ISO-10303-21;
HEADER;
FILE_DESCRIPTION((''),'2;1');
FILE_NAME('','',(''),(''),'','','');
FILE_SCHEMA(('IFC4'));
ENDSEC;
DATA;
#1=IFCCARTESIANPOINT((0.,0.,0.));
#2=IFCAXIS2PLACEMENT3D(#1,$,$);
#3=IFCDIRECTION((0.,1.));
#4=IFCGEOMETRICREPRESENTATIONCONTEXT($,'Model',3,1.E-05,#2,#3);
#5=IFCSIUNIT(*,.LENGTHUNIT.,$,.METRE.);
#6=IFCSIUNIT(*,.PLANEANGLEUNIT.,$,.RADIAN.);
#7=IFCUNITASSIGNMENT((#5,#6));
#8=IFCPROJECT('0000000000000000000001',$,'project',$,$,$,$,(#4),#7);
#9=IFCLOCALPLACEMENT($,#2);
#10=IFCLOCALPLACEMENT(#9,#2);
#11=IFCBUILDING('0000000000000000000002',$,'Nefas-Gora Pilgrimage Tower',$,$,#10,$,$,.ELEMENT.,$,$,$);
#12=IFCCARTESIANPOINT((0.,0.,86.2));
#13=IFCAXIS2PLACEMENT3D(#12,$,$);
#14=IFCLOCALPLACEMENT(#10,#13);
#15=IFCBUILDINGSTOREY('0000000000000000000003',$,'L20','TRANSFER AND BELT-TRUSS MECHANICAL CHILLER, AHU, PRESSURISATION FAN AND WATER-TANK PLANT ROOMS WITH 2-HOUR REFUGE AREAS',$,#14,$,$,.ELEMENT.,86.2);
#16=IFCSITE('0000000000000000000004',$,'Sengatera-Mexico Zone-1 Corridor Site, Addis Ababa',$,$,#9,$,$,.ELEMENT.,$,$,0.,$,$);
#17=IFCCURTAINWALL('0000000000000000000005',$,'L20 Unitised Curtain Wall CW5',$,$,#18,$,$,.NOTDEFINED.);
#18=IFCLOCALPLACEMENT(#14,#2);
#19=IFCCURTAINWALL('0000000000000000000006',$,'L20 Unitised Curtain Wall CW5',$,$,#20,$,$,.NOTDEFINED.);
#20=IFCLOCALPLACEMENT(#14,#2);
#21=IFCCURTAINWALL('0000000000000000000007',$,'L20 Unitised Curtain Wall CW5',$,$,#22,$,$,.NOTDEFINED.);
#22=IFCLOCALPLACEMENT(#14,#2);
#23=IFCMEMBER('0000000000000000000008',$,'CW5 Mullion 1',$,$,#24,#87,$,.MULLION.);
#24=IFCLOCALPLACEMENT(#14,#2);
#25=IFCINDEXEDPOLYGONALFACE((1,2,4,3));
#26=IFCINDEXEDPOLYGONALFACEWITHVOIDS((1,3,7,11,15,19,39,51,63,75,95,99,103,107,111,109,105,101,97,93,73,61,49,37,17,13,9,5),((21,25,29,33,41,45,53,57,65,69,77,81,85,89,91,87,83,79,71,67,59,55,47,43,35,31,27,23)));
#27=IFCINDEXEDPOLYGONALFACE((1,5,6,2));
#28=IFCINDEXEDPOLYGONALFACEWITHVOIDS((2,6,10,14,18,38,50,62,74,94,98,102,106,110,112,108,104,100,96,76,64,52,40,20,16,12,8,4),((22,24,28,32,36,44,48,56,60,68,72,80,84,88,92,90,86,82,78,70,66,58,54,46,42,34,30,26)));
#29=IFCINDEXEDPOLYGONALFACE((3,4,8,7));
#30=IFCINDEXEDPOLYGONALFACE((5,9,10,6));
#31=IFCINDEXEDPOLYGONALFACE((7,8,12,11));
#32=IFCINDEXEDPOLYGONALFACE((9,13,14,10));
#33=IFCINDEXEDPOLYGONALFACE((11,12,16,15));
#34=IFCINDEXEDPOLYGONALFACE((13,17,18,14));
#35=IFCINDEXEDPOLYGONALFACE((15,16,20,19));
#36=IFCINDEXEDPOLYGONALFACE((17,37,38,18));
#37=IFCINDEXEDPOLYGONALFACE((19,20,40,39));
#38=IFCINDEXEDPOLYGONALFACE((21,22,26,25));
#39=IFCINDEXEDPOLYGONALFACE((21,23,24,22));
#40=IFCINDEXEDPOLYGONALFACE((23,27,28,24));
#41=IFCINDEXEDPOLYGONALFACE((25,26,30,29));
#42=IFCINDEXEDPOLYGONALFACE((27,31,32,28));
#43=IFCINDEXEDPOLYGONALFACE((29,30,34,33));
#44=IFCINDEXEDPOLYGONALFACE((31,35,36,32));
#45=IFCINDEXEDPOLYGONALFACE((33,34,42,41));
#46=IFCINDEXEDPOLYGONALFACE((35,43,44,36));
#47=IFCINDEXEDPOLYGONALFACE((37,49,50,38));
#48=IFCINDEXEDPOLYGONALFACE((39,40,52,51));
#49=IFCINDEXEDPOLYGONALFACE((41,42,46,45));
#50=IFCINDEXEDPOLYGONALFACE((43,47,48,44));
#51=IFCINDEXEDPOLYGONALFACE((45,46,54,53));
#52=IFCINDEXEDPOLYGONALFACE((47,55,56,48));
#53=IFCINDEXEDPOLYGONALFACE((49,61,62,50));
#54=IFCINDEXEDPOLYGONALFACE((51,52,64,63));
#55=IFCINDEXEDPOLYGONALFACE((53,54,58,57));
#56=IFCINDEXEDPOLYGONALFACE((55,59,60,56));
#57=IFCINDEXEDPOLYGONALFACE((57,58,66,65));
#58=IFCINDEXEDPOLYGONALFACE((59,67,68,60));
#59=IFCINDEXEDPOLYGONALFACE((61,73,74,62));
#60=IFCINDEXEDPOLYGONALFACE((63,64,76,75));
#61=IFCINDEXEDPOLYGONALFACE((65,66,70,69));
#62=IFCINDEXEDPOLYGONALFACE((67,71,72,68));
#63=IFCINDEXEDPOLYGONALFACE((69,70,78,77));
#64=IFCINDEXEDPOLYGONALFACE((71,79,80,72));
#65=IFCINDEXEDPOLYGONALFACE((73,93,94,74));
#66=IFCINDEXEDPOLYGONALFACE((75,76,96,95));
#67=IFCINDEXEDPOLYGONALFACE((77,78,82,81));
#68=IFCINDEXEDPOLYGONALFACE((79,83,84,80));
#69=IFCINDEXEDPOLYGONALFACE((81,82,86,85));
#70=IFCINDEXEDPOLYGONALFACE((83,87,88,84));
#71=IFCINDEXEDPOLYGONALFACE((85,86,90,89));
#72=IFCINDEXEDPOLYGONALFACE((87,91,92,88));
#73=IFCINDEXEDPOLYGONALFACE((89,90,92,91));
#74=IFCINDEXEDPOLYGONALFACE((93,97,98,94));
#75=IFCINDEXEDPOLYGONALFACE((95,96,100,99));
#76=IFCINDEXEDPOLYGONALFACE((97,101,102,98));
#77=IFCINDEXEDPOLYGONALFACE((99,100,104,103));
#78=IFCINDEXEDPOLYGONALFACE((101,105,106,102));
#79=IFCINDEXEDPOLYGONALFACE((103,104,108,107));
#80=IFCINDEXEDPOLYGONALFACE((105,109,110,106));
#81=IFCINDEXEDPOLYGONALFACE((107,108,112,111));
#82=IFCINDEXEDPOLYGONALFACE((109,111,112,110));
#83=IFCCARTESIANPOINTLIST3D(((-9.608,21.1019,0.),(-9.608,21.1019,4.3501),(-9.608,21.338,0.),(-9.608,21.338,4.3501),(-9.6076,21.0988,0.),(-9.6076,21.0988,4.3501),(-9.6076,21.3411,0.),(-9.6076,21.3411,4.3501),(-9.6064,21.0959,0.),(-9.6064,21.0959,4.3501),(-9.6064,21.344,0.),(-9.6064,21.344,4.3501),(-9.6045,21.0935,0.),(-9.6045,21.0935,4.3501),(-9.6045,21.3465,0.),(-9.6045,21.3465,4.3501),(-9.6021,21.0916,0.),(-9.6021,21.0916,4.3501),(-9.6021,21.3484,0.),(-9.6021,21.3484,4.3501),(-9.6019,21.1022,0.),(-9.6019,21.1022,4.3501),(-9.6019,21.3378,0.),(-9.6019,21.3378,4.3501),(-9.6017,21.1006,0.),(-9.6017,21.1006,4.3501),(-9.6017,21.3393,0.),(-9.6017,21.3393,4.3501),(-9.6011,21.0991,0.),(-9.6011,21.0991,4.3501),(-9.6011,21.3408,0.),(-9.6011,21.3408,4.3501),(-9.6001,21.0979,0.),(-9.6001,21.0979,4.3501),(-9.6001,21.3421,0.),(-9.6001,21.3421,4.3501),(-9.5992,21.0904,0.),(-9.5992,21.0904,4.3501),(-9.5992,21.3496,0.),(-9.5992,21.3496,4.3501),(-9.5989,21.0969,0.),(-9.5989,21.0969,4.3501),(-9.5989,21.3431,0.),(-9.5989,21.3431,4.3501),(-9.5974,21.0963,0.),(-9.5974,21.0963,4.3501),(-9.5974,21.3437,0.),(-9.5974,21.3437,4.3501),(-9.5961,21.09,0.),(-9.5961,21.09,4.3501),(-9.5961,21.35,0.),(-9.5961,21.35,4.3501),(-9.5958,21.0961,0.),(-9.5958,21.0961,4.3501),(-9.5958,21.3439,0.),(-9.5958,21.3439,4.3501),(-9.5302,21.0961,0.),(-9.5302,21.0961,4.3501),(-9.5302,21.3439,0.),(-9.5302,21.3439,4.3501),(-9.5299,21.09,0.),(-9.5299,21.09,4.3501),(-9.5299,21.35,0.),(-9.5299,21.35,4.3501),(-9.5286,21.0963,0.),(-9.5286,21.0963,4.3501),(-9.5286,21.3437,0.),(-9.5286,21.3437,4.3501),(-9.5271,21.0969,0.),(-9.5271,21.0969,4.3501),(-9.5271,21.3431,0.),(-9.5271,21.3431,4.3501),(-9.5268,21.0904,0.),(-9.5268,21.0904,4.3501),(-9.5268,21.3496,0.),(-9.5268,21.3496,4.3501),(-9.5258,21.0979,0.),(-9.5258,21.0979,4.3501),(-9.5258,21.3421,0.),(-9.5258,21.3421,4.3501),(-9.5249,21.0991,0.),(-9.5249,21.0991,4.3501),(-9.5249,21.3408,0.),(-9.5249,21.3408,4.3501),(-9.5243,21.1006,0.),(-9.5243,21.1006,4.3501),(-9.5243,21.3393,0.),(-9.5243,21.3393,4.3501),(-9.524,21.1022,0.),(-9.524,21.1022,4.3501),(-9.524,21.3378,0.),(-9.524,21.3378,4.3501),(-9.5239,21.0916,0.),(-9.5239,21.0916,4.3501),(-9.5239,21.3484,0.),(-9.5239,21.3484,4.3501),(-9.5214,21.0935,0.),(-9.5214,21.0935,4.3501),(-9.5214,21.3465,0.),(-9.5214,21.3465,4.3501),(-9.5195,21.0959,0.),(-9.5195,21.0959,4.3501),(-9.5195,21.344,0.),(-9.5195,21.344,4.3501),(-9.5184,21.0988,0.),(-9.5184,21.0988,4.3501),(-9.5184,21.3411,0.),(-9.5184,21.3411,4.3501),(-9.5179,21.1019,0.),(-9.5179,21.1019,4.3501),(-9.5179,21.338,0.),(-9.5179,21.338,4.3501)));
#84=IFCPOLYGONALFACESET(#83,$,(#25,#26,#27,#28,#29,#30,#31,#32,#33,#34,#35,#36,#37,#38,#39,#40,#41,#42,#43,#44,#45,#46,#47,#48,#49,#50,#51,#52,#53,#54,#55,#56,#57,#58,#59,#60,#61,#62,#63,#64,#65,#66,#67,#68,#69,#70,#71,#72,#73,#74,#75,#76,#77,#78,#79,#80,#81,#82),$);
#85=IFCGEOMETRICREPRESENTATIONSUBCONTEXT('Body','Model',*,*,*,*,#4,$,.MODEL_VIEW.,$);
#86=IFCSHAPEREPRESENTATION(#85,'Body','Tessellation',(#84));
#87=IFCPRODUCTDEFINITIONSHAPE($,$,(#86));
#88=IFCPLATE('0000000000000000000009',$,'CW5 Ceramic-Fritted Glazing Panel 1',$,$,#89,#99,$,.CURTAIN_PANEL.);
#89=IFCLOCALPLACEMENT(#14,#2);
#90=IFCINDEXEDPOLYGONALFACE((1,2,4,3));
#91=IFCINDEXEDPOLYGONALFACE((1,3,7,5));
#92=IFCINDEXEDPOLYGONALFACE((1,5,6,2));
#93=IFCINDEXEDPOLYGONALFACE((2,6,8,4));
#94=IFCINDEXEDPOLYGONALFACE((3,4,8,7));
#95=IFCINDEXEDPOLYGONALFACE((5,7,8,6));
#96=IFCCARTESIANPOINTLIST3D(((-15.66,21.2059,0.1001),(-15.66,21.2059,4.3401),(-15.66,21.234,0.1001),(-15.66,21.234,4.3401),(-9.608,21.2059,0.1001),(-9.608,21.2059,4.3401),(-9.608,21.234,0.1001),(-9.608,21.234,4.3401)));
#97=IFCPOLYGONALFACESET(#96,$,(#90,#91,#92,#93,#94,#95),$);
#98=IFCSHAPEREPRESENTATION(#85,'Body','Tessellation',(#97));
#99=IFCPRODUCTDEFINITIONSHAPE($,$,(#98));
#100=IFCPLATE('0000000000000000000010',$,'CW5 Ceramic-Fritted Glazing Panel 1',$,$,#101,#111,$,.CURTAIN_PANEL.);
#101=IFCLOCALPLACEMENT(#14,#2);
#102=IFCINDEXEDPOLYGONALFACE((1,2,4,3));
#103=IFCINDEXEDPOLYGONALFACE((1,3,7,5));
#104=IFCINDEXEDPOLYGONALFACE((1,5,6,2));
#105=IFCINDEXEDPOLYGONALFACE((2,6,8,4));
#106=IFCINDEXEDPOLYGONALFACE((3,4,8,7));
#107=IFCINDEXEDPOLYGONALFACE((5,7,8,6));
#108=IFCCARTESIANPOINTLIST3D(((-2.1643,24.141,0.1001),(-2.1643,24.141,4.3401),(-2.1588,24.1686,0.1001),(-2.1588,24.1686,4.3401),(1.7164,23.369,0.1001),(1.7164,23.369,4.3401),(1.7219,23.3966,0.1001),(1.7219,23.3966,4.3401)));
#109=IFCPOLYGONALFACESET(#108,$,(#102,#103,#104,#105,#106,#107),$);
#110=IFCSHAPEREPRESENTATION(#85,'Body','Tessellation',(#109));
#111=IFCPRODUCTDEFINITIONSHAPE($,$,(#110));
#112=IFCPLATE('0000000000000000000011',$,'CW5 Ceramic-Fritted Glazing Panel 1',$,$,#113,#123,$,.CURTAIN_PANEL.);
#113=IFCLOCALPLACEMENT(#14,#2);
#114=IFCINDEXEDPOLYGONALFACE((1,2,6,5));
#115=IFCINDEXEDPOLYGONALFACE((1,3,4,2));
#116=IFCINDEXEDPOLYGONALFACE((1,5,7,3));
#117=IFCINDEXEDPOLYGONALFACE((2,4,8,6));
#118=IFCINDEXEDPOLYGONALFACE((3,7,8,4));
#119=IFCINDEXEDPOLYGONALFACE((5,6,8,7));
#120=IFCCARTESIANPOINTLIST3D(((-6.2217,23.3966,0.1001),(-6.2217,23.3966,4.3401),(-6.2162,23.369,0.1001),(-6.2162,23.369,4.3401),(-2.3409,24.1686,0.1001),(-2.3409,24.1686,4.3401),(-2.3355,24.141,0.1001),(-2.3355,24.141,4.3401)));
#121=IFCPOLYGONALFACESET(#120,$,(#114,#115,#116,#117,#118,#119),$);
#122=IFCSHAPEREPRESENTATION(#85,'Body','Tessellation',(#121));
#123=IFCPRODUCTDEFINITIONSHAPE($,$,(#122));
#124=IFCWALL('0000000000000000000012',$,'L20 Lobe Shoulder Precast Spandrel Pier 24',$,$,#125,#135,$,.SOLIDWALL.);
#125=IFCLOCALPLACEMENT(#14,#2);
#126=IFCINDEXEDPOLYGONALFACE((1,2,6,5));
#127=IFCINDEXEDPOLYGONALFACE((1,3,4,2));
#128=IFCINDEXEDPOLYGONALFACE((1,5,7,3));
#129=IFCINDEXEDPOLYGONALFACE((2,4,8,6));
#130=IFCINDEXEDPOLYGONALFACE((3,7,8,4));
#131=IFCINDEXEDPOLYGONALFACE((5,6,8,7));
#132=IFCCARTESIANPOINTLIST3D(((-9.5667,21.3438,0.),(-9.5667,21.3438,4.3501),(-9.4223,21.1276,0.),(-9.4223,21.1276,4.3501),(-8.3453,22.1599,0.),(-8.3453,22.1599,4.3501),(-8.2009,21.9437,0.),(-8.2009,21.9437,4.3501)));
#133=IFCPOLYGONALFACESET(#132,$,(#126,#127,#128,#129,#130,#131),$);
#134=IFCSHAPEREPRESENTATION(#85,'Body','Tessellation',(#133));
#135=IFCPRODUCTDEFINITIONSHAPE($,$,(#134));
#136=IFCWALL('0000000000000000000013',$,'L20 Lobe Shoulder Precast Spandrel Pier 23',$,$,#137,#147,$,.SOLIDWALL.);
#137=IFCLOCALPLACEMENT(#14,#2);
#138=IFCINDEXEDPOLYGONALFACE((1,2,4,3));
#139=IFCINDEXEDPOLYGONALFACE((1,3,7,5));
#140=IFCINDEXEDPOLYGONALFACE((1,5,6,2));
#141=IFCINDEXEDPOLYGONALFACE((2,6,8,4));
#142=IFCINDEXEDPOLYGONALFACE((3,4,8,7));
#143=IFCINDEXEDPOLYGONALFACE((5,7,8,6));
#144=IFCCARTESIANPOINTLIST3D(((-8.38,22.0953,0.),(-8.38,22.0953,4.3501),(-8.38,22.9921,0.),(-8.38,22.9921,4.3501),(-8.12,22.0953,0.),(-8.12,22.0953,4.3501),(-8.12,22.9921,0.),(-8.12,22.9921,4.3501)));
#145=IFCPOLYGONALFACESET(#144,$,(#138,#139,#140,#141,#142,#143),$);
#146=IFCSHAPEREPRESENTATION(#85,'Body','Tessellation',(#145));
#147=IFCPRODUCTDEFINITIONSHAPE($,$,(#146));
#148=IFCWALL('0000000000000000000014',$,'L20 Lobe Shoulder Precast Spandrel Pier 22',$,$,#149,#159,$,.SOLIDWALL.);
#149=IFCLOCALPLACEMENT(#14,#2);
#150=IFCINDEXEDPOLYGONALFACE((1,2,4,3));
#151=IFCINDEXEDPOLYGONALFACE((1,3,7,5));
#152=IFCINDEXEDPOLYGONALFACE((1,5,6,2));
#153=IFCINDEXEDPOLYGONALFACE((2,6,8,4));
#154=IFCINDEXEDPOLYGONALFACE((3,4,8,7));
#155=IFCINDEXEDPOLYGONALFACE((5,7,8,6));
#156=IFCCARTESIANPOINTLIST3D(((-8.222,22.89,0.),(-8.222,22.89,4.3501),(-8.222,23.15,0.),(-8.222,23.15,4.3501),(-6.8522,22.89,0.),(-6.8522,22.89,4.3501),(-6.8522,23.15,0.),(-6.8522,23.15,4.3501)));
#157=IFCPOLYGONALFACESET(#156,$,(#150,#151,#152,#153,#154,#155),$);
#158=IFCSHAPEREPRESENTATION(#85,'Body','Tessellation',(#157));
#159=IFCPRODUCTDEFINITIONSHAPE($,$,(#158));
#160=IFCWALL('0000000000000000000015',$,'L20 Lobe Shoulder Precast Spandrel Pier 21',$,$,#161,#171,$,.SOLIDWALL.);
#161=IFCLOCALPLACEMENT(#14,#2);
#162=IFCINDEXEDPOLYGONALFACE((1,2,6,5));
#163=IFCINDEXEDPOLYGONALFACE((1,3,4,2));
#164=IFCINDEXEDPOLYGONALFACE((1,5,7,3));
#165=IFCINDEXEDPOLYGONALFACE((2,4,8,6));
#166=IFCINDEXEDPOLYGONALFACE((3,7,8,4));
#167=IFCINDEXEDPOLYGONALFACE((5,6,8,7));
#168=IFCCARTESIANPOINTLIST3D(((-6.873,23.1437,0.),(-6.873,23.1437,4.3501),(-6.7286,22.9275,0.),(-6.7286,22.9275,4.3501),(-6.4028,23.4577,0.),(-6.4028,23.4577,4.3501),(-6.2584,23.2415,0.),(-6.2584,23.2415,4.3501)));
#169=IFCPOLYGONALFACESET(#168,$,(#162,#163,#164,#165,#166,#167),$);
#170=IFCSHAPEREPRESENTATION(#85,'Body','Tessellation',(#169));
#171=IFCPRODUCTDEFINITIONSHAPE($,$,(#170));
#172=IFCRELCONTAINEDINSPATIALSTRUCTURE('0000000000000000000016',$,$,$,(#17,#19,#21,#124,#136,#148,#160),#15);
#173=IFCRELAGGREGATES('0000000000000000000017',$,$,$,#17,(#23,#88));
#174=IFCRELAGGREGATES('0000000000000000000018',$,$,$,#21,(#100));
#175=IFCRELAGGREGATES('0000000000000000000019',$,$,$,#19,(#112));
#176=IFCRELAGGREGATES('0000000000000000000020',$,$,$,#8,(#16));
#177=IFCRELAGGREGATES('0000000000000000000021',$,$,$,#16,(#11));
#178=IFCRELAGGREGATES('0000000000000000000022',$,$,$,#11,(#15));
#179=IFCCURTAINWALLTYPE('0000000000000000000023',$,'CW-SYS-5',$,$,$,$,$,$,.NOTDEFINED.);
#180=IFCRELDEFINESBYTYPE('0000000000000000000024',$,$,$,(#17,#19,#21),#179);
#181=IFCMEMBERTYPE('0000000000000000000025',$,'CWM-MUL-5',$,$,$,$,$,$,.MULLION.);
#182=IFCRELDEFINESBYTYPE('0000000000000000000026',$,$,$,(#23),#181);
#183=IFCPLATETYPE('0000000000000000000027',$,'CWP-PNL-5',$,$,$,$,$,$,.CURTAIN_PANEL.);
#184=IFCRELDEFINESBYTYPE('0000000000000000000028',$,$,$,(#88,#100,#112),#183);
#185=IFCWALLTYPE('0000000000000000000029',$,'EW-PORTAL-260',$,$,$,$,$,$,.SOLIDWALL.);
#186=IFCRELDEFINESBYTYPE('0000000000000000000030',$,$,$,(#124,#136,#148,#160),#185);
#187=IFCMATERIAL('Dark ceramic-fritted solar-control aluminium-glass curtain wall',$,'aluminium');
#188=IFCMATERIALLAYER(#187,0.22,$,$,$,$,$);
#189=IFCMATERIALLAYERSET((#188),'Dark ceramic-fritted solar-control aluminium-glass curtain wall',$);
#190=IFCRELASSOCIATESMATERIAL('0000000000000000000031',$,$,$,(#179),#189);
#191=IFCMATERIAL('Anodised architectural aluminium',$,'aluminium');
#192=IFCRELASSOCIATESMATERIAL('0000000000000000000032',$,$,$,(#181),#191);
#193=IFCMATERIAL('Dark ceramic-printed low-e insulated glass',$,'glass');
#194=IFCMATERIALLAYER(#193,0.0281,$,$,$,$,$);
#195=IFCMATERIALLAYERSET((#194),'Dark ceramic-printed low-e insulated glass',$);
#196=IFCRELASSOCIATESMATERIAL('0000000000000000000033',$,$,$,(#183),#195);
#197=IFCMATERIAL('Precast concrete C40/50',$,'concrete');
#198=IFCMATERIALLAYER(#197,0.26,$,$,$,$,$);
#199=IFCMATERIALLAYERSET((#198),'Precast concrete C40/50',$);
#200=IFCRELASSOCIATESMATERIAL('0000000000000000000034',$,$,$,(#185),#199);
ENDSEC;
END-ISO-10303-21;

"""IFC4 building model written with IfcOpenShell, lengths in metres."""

from ifc_helpers import new_model, si_unit, direction, frame, frame_2d, origin, origin_2d, place, context, subcontext, project, spatial, rectangle, hollow_rectangle, extrude, source, transform, mapped, material, layer, layer_set, material_profile, profile_set, type_object, element, aggregate, save


model = new_model("IFC4")

# Units and contexts
model_context = context("Model", 3, precision=1e-05, world=origin(), true_north=direction((0.0, 1.0)))
body_context = subcontext(model_context, "Body", "Model", "MODEL_VIEW")
ifc_project = project(units=[si_unit("LENGTHUNIT", "METRE"), si_unit("PLANEANGLEUNIT", "RADIAN")], contexts=[model_context])

# Site, building, storey
site_placement = place(None, origin())
site = spatial("IfcSite", under=ifc_project, at=site_placement, Name="Sengatera-Mexico Zone-1 Corridor Site, Addis Ababa", CompositionType="ELEMENT", RefElevation=0.0)
building_placement = place(site_placement, origin())
building = spatial("IfcBuilding", under=site, at=building_placement, Name="Nefas-Gora Pilgrimage Tower", CompositionType="ELEMENT")
storey_placement = place(building_placement, frame((0.0, 0.0, 86.2)))
storey = spatial("IfcBuildingStorey", under=building, at=storey_placement, Name="L20", Description="TRANSFER AND BELT-TRUSS MECHANICAL CHILLER, AHU, PRESSURISATION FAN AND WATER-TANK PLANT ROOMS WITH 2-HOUR REFUGE AREAS", CompositionType="ELEMENT", Elevation=86.2)

# Curtain walls
ifc_material_1 = material(Name="Dark ceramic-fritted solar-control aluminium-glass curtain wall", Category="aluminium")
ifc_layer_1 = layer(ifc_material_1, 0.22)
ifc_layer_set_1 = layer_set([ifc_layer_1], Name="Dark ceramic-fritted solar-control aluminium-glass curtain wall")
curtain_wall_type = type_object("IfcCurtainWallType", Name="CW-SYS-5", PredefinedType="NOTDEFINED", material=ifc_layer_set_1)
curtain_wall_1_placement = place(storey_placement, origin())
curtain_wall_1 = element("IfcCurtainWall", 1, at=curtain_wall_1_placement, inside=storey, type_object=curtain_wall_type, Name="L20 Unitised Curtain Wall CW5", PredefinedType="NOTDEFINED")
ifc_material_2 = material(Name="Anodised architectural aluminium", Category="aluminium")
curtain_wall_2_placement = place(storey_placement, origin())
curtain_wall_2 = element("IfcCurtainWall", 2, at=curtain_wall_2_placement, inside=storey, type_object=curtain_wall_type, Name="L20 Unitised Curtain Wall CW5", PredefinedType="NOTDEFINED")
curtain_wall_3_placement = place(storey_placement, origin())
curtain_wall_3 = element("IfcCurtainWall", 3, at=curtain_wall_3_placement, inside=storey, type_object=curtain_wall_type, Name="L20 Unitised Curtain Wall CW5", PredefinedType="NOTDEFINED")
ifc_material_profile_1 = material_profile(ifc_material_2, hollow_rectangle(XDim=0.0901, YDim=0.26, WallThickness=0.0061, InnerFilletRadius=0.0061, OuterFilletRadius=0.012, at=origin_2d()), Name="ALU MULLION 90x260")
ifc_profile_set_1 = profile_set([ifc_material_profile_1], Name="Anodised architectural aluminium")
member_type_1 = type_object("IfcMemberType", Name="CWM-MUL-5", PredefinedType="MULLION", material=ifc_profile_set_1)
shared_shape_1 = source(origin(), body_context, "Body", "SweptSolid", [
    extrude(hollow_rectangle(XDim=0.0901, YDim=0.26, WallThickness=0.0061, InnerFilletRadius=0.0061, OuterFilletRadius=0.012, at=origin_2d()), origin(), (0.0, 0.0, 1.0), 4.3501),
])

# Member
member_1_placement = place(storey_placement, frame((-9.563, 21.22, 0.0), z_axis=(0.0, 0.0, 1.0), x_axis=(-1.0, 0.0, 0.0)))
member_1 = element("IfcMember", 4, at=member_1_placement, type_object=member_type_1, Name="CW5 Mullion 1", PredefinedType="MULLION", context=body_context, shape_type="MappedRepresentation", body=[
    mapped(shared_shape_1, transform((0.0, 0.0, 0.0), x_axis=(1.0, 0.0, 0.0), y_axis=(0.0, 1.0, 0.0), z_axis=(0.0, 0.0, 1.0), scale=1.0)),
])

# Plates
ifc_material_3 = material(Name="Dark ceramic-printed low-e insulated glass", Category="glass")
ifc_layer_2 = layer(ifc_material_3, 0.0281)
ifc_layer_set_2 = layer_set([ifc_layer_2], Name="Dark ceramic-printed low-e insulated glass")
plate_type = type_object("IfcPlateType", Name="CWP-PNL-5", PredefinedType="CURTAIN_PANEL", material=ifc_layer_set_2)
shared_shape_2 = source(origin(), body_context, "Body", "SweptSolid", [
    extrude(rectangle(XDim=6.052, YDim=0.0281, at=origin_2d()), origin(), (0.0, 0.0, 1.0), 4.24),
])
plate_1_placement = place(storey_placement, frame((-12.634, 21.22, 0.1001), z_axis=(0.0, 0.0, 1.0), x_axis=(-1.0, 0.0, 0.0)))
plate_1 = element("IfcPlate", 5, at=plate_1_placement, type_object=plate_type, Name="CW5 Ceramic-Fritted Glazing Panel 1", PredefinedType="CURTAIN_PANEL", context=body_context, shape_type="MappedRepresentation", body=[
    mapped(shared_shape_2, transform((0.0, 0.0, 0.0), x_axis=(1.0, 0.0, 0.0), y_axis=(0.0, 1.0, 0.0), z_axis=(0.0, 0.0, 1.0), scale=1.0)),
])
aggregate(curtain_wall_1, [member_1, plate_1])
shared_shape_3 = source(origin(), body_context, "Body", "SweptSolid", [
    extrude(rectangle(XDim=3.9568, YDim=0.0281, at=origin_2d()), origin(), (0.0, 0.0, 1.0), 4.24),
])
plate_2_placement = place(storey_placement, frame((-0.2212, 23.7688, 0.1001), z_axis=(0.0, 0.0, 1.0), x_axis=(-0.980783, 0.195102, 0.0)))
plate_2 = element("IfcPlate", 6, at=plate_2_placement, type_object=plate_type, Name="CW5 Ceramic-Fritted Glazing Panel 1", PredefinedType="CURTAIN_PANEL", context=body_context, shape_type="MappedRepresentation", body=[
    mapped(shared_shape_3, transform((0.0, 0.0, 0.0), x_axis=(1.0, 0.0, 0.0), y_axis=(0.0, 1.0, 0.0), z_axis=(0.0, 0.0, 1.0), scale=1.0)),
])
aggregate(curtain_wall_3, [plate_2])
plate_3_placement = place(storey_placement, frame((-4.2786, 23.7688, 0.1001), z_axis=(0.0, 0.0, 1.0), x_axis=(-0.980783, -0.195102, 0.0)))
plate_3 = element("IfcPlate", 7, at=plate_3_placement, type_object=plate_type, Name="CW5 Ceramic-Fritted Glazing Panel 1", PredefinedType="CURTAIN_PANEL", context=body_context, shape_type="MappedRepresentation", body=[
    mapped(shared_shape_3, transform((0.0, 0.0, 0.0), x_axis=(1.0, 0.0, 0.0), y_axis=(0.0, 1.0, 0.0), z_axis=(0.0, 0.0, 1.0), scale=1.0)),
])
aggregate(curtain_wall_2, [plate_3])

# Walls
ifc_material_4 = material(Name="Precast concrete C40/50", Category="concrete")
ifc_layer_3 = layer(ifc_material_4, 0.26)
ifc_layer_set_3 = layer_set([ifc_layer_3], Name="Precast concrete C40/50")
wall_type = type_object("IfcWallType", Name="EW-PORTAL-260", PredefinedType="SOLIDWALL", material=ifc_layer_set_3)
shared_shape_4 = source(origin(), body_context, "Body", "SweptSolid", [
    extrude(rectangle(XDim=1.469, YDim=0.26, at=frame_2d((0.7344, 0.0))), origin(), (0.0, 0.0, 1.0), 4.3501),
])
wall_1_placement = place(storey_placement, frame((-8.2732, 22.0518, 0.0), z_axis=(0.0, 0.0, 1.0), x_axis=(-0.831462, -0.555582, 0.0)))
element("IfcWall", 8, at=wall_1_placement, inside=storey, type_object=wall_type, Name="L20 Lobe Shoulder Precast Spandrel Pier 24", PredefinedType="SOLIDWALL", context=body_context, shape_type="MappedRepresentation", body=[
    mapped(shared_shape_4, transform((0.0, 0.0, 0.0), x_axis=(1.0, 0.0, 0.0), y_axis=(0.0, 1.0, 0.0), z_axis=(0.0, 0.0, 1.0), scale=1.0)),
])
shared_shape_5 = source(origin(), body_context, "Body", "SweptSolid", [
    extrude(rectangle(XDim=0.8967, YDim=0.26, at=frame_2d((0.4482, 0.0))), origin(), (0.0, 0.0, 1.0), 4.3501),
])
wall_2_placement = place(storey_placement, frame((-8.25, 22.9919, 0.0), z_axis=(0.0, 0.0, 1.0), x_axis=(0.0, -1.0, 0.0)))
element("IfcWall", 9, at=wall_2_placement, inside=storey, type_object=wall_type, Name="L20 Lobe Shoulder Precast Spandrel Pier 23", PredefinedType="SOLIDWALL", context=body_context, shape_type="MappedRepresentation", body=[
    mapped(shared_shape_5, transform((0.0, 0.0, 0.0), x_axis=(1.0, 0.0, 0.0), y_axis=(0.0, 1.0, 0.0), z_axis=(0.0, 0.0, 1.0), scale=1.0)),
])
shared_shape_6 = source(origin(), body_context, "Body", "SweptSolid", [
    extrude(rectangle(XDim=1.3699, YDim=0.26, at=frame_2d((0.6851, 0.0))), origin(), (0.0, 0.0, 1.0), 4.3501),
])
wall_3_placement = place(storey_placement, frame((-6.8521, 23.02, 0.0), z_axis=(0.0, 0.0, 1.0), x_axis=(-1.0, 0.0, 0.0)))
element("IfcWall", 10, at=wall_3_placement, inside=storey, type_object=wall_type, Name="L20 Lobe Shoulder Precast Spandrel Pier 22", PredefinedType="SOLIDWALL", context=body_context, shape_type="MappedRepresentation", body=[
    mapped(shared_shape_6, transform((0.0, 0.0, 0.0), x_axis=(1.0, 0.0, 0.0), y_axis=(0.0, 1.0, 0.0), z_axis=(0.0, 0.0, 1.0), scale=1.0)),
])
shared_shape_7 = source(origin(), body_context, "Body", "SweptSolid", [
    extrude(rectangle(XDim=0.5654, YDim=0.26, at=frame_2d((0.2827, 0.0))), origin(), (0.0, 0.0, 1.0), 4.3501),
])
wall_4_placement = place(storey_placement, frame((-6.3306, 23.3496, 0.0), z_axis=(0.0, 0.0, 1.0), x_axis=(-0.831651, -0.555298, 0.0)))
element("IfcWall", 11, at=wall_4_placement, inside=storey, type_object=wall_type, Name="L20 Lobe Shoulder Precast Spandrel Pier 21", PredefinedType="SOLIDWALL", context=body_context, shape_type="MappedRepresentation", body=[
    mapped(shared_shape_7, transform((0.0, 0.0, 0.0), x_axis=(1.0, 0.0, 0.0), y_axis=(0.0, 1.0, 0.0), z_axis=(0.0, 0.0, 1.0), scale=1.0)),
])

save(model, "model.ifc")
